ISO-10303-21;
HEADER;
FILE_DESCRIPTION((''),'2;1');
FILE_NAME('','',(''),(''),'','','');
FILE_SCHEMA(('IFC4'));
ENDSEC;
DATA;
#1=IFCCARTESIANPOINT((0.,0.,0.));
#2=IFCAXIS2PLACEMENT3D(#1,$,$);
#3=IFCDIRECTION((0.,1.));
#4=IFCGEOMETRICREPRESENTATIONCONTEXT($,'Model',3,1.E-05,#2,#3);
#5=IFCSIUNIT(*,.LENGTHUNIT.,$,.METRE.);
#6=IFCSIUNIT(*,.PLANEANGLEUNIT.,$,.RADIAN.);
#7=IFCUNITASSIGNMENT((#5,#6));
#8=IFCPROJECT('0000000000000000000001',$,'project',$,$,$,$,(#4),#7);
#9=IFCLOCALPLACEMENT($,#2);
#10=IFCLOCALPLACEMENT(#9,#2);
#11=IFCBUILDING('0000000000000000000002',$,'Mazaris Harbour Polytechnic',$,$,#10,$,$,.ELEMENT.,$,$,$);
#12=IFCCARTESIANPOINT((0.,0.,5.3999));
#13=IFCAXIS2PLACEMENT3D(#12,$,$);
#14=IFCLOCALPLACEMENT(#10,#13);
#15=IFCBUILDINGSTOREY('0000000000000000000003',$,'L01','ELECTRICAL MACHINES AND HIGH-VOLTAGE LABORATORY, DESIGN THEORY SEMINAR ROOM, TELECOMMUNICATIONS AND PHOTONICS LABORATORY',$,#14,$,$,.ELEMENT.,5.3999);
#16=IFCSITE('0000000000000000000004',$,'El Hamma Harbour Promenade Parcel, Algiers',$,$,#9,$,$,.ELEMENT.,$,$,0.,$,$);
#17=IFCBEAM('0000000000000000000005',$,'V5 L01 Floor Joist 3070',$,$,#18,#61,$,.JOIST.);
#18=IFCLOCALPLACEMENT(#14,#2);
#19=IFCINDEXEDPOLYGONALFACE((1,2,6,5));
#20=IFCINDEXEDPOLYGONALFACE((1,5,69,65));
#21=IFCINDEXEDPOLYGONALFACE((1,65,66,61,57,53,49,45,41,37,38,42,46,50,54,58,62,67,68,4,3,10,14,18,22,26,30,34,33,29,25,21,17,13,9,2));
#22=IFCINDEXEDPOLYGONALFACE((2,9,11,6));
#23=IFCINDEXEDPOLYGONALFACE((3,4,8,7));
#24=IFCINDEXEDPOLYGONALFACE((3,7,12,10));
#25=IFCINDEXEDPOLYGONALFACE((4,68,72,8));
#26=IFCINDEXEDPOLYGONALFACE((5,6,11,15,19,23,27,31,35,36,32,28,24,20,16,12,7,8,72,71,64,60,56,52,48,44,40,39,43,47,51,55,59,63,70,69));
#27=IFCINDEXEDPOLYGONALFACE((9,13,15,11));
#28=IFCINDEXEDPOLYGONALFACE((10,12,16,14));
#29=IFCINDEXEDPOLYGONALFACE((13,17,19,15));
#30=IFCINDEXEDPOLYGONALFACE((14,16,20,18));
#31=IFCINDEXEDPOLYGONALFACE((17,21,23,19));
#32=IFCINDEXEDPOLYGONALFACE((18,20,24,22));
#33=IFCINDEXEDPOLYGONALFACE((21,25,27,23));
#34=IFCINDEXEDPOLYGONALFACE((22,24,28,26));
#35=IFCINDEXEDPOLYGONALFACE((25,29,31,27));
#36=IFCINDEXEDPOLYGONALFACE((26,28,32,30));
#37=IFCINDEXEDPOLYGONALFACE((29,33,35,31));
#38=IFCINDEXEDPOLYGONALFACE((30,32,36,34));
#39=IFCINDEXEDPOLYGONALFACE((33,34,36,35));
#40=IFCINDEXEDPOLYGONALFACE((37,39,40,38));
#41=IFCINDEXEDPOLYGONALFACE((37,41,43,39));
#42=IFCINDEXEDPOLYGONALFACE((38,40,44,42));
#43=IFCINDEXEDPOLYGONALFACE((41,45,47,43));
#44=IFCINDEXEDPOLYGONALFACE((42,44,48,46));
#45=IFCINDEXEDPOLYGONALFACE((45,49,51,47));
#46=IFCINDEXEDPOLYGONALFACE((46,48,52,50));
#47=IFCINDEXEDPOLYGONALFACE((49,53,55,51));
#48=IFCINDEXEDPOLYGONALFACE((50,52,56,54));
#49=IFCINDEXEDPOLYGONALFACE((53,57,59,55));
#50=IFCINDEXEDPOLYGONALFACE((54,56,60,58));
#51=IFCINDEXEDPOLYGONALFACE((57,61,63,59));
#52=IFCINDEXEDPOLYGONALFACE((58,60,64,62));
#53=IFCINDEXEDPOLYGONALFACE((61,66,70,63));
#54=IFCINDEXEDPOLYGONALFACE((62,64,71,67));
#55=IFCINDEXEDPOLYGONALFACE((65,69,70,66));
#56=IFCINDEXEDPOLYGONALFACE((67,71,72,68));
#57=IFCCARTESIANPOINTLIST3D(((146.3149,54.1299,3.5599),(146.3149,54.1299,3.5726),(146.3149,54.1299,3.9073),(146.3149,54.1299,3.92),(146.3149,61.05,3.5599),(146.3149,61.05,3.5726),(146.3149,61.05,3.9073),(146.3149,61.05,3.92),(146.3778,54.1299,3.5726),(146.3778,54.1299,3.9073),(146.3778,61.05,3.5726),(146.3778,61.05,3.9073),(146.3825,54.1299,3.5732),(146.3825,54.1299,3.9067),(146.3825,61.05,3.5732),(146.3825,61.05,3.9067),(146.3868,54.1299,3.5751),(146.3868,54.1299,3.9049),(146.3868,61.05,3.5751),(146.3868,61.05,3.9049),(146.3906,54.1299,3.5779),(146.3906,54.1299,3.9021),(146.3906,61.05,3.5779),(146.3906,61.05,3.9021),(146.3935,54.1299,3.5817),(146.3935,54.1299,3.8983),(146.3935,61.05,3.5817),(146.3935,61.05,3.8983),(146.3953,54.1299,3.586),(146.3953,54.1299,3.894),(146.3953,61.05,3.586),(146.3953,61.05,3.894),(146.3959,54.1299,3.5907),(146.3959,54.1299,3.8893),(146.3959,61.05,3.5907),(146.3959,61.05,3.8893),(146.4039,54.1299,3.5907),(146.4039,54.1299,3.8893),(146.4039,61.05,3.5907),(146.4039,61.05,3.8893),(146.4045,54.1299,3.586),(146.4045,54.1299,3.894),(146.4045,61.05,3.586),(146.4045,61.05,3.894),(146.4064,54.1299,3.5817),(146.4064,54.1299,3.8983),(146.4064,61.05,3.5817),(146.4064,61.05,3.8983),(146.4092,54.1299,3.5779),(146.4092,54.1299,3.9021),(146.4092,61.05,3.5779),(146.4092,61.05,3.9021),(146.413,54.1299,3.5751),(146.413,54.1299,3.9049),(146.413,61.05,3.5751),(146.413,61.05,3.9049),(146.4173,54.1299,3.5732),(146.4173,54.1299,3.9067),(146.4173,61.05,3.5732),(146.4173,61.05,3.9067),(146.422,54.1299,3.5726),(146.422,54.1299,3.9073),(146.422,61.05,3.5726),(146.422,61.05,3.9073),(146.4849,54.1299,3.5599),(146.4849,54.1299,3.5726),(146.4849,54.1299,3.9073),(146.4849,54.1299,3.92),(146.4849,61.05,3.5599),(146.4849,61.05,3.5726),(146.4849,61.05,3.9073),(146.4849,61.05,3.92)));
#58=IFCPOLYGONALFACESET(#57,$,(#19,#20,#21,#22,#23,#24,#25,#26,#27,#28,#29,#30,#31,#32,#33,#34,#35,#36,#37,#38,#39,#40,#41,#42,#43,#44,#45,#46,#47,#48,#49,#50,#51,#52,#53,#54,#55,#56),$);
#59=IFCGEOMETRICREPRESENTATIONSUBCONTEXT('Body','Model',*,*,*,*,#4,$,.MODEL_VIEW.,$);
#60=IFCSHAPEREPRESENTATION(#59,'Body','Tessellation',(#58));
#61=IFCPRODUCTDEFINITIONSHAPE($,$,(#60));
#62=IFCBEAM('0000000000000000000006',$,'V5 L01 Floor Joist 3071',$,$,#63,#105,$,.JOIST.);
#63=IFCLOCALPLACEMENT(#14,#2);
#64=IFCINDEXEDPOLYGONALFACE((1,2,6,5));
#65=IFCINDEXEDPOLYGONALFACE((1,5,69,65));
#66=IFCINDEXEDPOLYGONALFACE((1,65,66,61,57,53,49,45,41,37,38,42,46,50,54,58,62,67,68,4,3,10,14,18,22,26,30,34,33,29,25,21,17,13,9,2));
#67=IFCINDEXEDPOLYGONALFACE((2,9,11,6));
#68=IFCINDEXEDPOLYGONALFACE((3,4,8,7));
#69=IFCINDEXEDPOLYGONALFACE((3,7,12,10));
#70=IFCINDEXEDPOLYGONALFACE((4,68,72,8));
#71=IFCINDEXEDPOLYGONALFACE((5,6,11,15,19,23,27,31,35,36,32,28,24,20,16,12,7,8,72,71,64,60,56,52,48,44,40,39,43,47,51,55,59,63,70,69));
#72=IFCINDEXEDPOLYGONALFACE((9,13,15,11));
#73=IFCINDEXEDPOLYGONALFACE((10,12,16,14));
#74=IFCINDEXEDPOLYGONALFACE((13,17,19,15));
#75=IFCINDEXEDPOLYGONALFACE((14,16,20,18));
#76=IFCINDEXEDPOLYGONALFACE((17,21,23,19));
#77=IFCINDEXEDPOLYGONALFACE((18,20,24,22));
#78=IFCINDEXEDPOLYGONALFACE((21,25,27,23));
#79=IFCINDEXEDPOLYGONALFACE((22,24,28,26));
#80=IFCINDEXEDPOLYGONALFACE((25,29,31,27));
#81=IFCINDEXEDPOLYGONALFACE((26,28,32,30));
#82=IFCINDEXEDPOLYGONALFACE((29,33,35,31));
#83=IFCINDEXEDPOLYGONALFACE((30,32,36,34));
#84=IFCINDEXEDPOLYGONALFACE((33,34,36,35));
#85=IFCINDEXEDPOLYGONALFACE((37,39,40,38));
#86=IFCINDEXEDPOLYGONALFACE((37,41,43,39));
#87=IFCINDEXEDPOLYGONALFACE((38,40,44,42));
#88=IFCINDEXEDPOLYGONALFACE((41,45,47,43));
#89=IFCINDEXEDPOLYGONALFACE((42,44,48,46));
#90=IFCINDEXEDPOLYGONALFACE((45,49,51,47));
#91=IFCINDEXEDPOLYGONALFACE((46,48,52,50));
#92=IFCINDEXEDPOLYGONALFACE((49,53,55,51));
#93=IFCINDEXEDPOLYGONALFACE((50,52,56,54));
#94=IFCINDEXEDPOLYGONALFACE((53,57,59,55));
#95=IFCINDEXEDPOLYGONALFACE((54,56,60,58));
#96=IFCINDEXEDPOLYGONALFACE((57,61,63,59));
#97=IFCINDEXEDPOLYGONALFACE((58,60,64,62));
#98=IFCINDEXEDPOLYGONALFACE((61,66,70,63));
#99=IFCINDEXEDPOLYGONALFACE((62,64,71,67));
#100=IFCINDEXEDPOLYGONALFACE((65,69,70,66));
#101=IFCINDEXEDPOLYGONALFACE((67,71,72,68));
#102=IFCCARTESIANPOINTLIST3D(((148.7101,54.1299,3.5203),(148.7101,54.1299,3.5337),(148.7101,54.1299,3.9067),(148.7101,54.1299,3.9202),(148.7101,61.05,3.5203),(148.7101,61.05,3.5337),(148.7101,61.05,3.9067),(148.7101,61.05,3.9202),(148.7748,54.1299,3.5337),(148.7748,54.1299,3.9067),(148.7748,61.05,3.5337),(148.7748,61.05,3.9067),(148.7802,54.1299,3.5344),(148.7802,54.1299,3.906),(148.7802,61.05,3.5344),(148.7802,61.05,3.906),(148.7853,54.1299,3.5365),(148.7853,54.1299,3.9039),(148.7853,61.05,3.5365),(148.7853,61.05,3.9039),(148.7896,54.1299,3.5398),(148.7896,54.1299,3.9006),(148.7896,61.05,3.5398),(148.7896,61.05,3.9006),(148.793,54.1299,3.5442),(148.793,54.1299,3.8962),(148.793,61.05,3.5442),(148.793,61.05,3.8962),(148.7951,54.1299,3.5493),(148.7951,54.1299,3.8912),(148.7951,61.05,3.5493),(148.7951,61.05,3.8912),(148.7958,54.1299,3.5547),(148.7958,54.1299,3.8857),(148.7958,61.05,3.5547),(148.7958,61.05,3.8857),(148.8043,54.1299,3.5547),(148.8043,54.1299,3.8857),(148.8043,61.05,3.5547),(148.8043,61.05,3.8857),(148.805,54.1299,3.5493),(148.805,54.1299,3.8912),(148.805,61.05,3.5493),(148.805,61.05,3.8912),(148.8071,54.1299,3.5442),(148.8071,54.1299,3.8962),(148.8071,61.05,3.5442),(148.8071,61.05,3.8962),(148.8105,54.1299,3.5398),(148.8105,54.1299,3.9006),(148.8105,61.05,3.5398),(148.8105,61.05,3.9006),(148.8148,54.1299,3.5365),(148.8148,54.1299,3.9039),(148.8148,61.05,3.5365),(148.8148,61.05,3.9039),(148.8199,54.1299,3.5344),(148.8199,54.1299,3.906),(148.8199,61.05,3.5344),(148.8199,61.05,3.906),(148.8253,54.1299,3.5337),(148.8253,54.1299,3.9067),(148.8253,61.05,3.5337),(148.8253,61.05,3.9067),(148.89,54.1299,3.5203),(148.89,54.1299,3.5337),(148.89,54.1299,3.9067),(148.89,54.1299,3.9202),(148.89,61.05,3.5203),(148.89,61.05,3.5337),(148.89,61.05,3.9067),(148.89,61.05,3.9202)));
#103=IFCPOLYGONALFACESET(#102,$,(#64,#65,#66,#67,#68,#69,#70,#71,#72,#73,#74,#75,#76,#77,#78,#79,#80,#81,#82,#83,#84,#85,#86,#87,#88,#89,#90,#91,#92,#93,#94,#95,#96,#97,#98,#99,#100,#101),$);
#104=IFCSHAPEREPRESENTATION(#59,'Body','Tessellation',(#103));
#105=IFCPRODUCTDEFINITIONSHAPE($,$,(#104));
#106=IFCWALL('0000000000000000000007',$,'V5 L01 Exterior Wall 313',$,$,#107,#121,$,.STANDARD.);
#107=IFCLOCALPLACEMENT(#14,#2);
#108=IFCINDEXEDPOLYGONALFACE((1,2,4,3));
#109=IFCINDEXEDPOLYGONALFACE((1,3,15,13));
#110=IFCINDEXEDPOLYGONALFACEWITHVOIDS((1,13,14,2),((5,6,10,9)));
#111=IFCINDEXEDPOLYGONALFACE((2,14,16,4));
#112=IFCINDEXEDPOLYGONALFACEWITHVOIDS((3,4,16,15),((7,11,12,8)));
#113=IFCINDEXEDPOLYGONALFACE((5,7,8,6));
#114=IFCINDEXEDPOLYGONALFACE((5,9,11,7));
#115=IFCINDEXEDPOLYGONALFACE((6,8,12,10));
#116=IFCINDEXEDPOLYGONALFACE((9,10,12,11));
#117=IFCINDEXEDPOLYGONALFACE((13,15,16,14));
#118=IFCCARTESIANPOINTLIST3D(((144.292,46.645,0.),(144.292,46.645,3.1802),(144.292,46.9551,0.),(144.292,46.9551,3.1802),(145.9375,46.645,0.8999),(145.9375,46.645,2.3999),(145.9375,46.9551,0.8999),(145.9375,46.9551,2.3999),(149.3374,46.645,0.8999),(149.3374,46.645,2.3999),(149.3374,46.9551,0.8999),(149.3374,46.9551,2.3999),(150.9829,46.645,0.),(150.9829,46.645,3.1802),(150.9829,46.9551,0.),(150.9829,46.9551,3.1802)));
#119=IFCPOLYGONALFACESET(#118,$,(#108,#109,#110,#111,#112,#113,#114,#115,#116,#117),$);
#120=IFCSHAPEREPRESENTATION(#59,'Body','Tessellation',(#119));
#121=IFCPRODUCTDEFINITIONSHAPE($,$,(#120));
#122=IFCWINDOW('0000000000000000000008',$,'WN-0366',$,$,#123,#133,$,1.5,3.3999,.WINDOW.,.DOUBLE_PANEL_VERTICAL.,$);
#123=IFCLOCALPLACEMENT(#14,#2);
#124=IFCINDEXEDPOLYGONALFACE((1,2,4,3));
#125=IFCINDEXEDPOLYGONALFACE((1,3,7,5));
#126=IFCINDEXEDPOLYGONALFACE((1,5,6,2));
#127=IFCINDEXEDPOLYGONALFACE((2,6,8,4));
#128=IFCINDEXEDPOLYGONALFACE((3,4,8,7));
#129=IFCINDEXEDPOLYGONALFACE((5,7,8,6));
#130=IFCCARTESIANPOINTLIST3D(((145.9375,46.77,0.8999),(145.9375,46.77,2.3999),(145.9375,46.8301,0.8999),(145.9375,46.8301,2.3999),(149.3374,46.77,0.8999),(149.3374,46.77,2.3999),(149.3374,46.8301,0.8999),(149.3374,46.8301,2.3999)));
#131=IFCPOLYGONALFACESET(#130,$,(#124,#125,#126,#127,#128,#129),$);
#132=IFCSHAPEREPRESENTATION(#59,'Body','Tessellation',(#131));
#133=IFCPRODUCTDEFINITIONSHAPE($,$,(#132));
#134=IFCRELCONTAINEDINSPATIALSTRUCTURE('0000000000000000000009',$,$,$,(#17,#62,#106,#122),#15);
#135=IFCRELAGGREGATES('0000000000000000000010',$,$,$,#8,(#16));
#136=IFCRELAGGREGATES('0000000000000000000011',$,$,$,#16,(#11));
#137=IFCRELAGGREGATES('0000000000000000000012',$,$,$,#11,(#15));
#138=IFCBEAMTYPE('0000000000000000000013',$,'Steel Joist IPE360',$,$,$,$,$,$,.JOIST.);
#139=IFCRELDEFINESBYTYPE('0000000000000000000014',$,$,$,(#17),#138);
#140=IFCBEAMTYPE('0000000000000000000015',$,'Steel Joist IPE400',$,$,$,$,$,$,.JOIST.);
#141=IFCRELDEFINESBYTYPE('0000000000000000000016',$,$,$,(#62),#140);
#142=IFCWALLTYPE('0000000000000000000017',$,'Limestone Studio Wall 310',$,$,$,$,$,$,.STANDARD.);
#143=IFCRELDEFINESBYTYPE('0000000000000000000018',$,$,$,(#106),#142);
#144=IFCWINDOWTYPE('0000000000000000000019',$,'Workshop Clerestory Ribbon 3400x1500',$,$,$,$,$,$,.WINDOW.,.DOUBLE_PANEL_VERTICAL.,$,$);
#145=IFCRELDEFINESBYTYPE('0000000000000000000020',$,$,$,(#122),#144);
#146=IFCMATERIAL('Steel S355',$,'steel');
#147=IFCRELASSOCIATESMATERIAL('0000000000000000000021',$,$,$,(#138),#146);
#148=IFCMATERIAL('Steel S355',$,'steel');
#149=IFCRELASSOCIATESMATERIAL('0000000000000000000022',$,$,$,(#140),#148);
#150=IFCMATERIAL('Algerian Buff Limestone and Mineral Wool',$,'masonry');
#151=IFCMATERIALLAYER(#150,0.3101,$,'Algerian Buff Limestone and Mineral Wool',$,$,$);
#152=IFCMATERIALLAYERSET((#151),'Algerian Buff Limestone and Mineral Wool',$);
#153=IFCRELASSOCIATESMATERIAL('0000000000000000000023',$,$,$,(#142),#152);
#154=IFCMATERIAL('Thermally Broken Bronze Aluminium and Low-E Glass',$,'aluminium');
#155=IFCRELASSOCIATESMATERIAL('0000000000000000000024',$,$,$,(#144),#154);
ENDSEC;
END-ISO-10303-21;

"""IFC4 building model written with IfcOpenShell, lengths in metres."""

from ifc_helpers import new_model, si_unit, direction, frame, frame_2d, origin, origin_2d, place, context, subcontext, project, spatial, rectangle, i_section, extrude, material, layer, layer_set, material_profile, profile_set, type_object, element, fill, save


model = new_model("IFC4")

# Units and contexts
model_context = context("Model", 3, precision=1e-05, world=origin(), true_north=direction((0.0, 1.0)))
body_context = subcontext(model_context, "Body", "Model", "MODEL_VIEW")
ifc_project = project(units=[si_unit("LENGTHUNIT", "METRE"), si_unit("PLANEANGLEUNIT", "RADIAN")], contexts=[model_context])

# Site, building, storey
site_placement = place(None, origin())
site = spatial("IfcSite", under=ifc_project, at=site_placement, Name="El Hamma Harbour Promenade Parcel, Algiers", CompositionType="ELEMENT", RefElevation=0.0)
building_placement = place(site_placement, origin())
building = spatial("IfcBuilding", under=site, at=building_placement, Name="Mazaris Harbour Polytechnic", CompositionType="ELEMENT")
storey_placement = place(building_placement, frame((0.0, 0.0, 5.3999)))
storey = spatial("IfcBuildingStorey", under=building, at=storey_placement, Name="L01", Description="ELECTRICAL MACHINES AND HIGH-VOLTAGE LABORATORY, DESIGN THEORY SEMINAR ROOM, TELECOMMUNICATIONS AND PHOTONICS LABORATORY", CompositionType="ELEMENT", Elevation=5.3999)

# Beams
ifc_material_1 = material(Name="Steel S355", Category="steel")
ifc_material_profile_1 = material_profile(ifc_material_1, i_section(OverallWidth=0.1699, OverallDepth=0.3601, WebThickness=0.0081, FlangeThickness=0.0127, FilletRadius=0.0181, at=origin_2d()), Name="IPE 360")
ifc_profile_set_1 = profile_set([ifc_material_profile_1], Name="Steel S355")
beam_type_1 = type_object("IfcBeamType", Name="Steel Joist IPE360", PredefinedType="JOIST", material=ifc_profile_set_1)
beam_1_placement = place(storey_placement, frame((146.3999, 54.1299, 3.74), z_axis=(0.0, 1.0, 0.0), x_axis=(-1.0, 0.0, 0.0)))
element("IfcBeam", 1, at=beam_1_placement, inside=storey, type_object=beam_type_1, Name="V5 L01 Floor Joist 3070", PredefinedType="JOIST", context=body_context, shape_type="SweptSolid", body=[
    extrude(i_section(OverallWidth=0.1699, OverallDepth=0.3601, WebThickness=0.0081, FlangeThickness=0.0127, FilletRadius=0.0181, at=origin_2d()), origin(), (0.0, 0.0, 1.0), 6.9202),
])
ifc_material_2 = material(Name="Steel S355", Category="steel")
ifc_material_profile_2 = material_profile(ifc_material_2, i_section(OverallWidth=0.1799, OverallDepth=0.3999, WebThickness=0.0085, FlangeThickness=0.0134, FilletRadius=0.021, at=origin_2d()), Name="IPE 400")
ifc_profile_set_2 = profile_set([ifc_material_profile_2], Name="Steel S355")
beam_type_2 = type_object("IfcBeamType", Name="Steel Joist IPE400", PredefinedType="JOIST", material=ifc_profile_set_2)
beam_2_placement = place(storey_placement, frame((148.8, 54.1299, 3.7202), z_axis=(0.0, 1.0, 0.0), x_axis=(-1.0, 0.0, 0.0)))
element("IfcBeam", 2, at=beam_2_placement, inside=storey, type_object=beam_type_2, Name="V5 L01 Floor Joist 3071", PredefinedType="JOIST", context=body_context, shape_type="SweptSolid", body=[
    extrude(i_section(OverallWidth=0.1799, OverallDepth=0.3999, WebThickness=0.0085, FlangeThickness=0.0134, FilletRadius=0.021, at=origin_2d()), origin(), (0.0, 0.0, 1.0), 6.9202),
])

# Wall, opening, window
ifc_material_3 = material(Name="Algerian Buff Limestone and Mineral Wool", Category="masonry")
ifc_layer = layer(ifc_material_3, 0.3101, Name="Algerian Buff Limestone and Mineral Wool")
ifc_layer_set = layer_set([ifc_layer], Name="Algerian Buff Limestone and Mineral Wool")
wall_type = type_object("IfcWallType", Name="Limestone Studio Wall 310", PredefinedType="STANDARD", material=ifc_layer_set)
wall_placement = place(storey_placement, frame((150.9829, 46.8, 0.0), z_axis=(0.0, 0.0, 1.0), x_axis=(-1.0, 0.0, 0.0)))
wall = element("IfcWall", 3, at=wall_placement, inside=storey, type_object=wall_type, Name="V5 L01 Exterior Wall 313", PredefinedType="STANDARD", context=body_context, shape_type="SweptSolid", body=[
    extrude(rectangle(XDim=6.6909, YDim=0.3101, at=frame_2d((3.3455, 0.0))), origin(), (0.0, 0.0, 1.0), 3.1802),
])
opening_placement = place(wall_placement, frame((1.6455, 0.0, 0.8999)))
opening = element("IfcOpeningElement", 4, at=opening_placement, cuts=wall, PredefinedType="OPENING", context=body_context, shape_type="SweptSolid", body=[
    extrude(rectangle(XDim=3.3999, YDim=1.5, at=frame_2d((1.7, 0.75))), frame((0.0, 0.165, 0.0), z_axis=(0.0, -1.0, 0.0), x_axis=(1.0, 0.0, 0.0)), (0.0, 0.0, 1.0), 0.3301),
])
ifc_material_4 = material(Name="Thermally Broken Bronze Aluminium and Low-E Glass", Category="aluminium")
window_type = type_object("IfcWindowType", Name="Workshop Clerestory Ribbon 3400x1500", PartitioningType="DOUBLE_PANEL_VERTICAL", PredefinedType="WINDOW", material=ifc_material_4)
window_placement = place(opening_placement, origin())
window = element("IfcWindow", 5, at=window_placement, inside=storey, type_object=window_type, Name="WN-0366", OverallHeight=1.5, OverallWidth=3.3999, PartitioningType="DOUBLE_PANEL_VERTICAL", PredefinedType="WINDOW", context=body_context, shape_type="SweptSolid", body=[
    extrude(rectangle(XDim=3.3999, YDim=1.5, at=frame_2d((1.7, 0.75))), frame((0.0, 0.03, 0.0), z_axis=(0.0, -1.0, 0.0), x_axis=(1.0, 0.0, 0.0)), (0.0, 0.0, 1.0), 0.0601),
])
fill(opening, window)

save(model, "model.ifc")
